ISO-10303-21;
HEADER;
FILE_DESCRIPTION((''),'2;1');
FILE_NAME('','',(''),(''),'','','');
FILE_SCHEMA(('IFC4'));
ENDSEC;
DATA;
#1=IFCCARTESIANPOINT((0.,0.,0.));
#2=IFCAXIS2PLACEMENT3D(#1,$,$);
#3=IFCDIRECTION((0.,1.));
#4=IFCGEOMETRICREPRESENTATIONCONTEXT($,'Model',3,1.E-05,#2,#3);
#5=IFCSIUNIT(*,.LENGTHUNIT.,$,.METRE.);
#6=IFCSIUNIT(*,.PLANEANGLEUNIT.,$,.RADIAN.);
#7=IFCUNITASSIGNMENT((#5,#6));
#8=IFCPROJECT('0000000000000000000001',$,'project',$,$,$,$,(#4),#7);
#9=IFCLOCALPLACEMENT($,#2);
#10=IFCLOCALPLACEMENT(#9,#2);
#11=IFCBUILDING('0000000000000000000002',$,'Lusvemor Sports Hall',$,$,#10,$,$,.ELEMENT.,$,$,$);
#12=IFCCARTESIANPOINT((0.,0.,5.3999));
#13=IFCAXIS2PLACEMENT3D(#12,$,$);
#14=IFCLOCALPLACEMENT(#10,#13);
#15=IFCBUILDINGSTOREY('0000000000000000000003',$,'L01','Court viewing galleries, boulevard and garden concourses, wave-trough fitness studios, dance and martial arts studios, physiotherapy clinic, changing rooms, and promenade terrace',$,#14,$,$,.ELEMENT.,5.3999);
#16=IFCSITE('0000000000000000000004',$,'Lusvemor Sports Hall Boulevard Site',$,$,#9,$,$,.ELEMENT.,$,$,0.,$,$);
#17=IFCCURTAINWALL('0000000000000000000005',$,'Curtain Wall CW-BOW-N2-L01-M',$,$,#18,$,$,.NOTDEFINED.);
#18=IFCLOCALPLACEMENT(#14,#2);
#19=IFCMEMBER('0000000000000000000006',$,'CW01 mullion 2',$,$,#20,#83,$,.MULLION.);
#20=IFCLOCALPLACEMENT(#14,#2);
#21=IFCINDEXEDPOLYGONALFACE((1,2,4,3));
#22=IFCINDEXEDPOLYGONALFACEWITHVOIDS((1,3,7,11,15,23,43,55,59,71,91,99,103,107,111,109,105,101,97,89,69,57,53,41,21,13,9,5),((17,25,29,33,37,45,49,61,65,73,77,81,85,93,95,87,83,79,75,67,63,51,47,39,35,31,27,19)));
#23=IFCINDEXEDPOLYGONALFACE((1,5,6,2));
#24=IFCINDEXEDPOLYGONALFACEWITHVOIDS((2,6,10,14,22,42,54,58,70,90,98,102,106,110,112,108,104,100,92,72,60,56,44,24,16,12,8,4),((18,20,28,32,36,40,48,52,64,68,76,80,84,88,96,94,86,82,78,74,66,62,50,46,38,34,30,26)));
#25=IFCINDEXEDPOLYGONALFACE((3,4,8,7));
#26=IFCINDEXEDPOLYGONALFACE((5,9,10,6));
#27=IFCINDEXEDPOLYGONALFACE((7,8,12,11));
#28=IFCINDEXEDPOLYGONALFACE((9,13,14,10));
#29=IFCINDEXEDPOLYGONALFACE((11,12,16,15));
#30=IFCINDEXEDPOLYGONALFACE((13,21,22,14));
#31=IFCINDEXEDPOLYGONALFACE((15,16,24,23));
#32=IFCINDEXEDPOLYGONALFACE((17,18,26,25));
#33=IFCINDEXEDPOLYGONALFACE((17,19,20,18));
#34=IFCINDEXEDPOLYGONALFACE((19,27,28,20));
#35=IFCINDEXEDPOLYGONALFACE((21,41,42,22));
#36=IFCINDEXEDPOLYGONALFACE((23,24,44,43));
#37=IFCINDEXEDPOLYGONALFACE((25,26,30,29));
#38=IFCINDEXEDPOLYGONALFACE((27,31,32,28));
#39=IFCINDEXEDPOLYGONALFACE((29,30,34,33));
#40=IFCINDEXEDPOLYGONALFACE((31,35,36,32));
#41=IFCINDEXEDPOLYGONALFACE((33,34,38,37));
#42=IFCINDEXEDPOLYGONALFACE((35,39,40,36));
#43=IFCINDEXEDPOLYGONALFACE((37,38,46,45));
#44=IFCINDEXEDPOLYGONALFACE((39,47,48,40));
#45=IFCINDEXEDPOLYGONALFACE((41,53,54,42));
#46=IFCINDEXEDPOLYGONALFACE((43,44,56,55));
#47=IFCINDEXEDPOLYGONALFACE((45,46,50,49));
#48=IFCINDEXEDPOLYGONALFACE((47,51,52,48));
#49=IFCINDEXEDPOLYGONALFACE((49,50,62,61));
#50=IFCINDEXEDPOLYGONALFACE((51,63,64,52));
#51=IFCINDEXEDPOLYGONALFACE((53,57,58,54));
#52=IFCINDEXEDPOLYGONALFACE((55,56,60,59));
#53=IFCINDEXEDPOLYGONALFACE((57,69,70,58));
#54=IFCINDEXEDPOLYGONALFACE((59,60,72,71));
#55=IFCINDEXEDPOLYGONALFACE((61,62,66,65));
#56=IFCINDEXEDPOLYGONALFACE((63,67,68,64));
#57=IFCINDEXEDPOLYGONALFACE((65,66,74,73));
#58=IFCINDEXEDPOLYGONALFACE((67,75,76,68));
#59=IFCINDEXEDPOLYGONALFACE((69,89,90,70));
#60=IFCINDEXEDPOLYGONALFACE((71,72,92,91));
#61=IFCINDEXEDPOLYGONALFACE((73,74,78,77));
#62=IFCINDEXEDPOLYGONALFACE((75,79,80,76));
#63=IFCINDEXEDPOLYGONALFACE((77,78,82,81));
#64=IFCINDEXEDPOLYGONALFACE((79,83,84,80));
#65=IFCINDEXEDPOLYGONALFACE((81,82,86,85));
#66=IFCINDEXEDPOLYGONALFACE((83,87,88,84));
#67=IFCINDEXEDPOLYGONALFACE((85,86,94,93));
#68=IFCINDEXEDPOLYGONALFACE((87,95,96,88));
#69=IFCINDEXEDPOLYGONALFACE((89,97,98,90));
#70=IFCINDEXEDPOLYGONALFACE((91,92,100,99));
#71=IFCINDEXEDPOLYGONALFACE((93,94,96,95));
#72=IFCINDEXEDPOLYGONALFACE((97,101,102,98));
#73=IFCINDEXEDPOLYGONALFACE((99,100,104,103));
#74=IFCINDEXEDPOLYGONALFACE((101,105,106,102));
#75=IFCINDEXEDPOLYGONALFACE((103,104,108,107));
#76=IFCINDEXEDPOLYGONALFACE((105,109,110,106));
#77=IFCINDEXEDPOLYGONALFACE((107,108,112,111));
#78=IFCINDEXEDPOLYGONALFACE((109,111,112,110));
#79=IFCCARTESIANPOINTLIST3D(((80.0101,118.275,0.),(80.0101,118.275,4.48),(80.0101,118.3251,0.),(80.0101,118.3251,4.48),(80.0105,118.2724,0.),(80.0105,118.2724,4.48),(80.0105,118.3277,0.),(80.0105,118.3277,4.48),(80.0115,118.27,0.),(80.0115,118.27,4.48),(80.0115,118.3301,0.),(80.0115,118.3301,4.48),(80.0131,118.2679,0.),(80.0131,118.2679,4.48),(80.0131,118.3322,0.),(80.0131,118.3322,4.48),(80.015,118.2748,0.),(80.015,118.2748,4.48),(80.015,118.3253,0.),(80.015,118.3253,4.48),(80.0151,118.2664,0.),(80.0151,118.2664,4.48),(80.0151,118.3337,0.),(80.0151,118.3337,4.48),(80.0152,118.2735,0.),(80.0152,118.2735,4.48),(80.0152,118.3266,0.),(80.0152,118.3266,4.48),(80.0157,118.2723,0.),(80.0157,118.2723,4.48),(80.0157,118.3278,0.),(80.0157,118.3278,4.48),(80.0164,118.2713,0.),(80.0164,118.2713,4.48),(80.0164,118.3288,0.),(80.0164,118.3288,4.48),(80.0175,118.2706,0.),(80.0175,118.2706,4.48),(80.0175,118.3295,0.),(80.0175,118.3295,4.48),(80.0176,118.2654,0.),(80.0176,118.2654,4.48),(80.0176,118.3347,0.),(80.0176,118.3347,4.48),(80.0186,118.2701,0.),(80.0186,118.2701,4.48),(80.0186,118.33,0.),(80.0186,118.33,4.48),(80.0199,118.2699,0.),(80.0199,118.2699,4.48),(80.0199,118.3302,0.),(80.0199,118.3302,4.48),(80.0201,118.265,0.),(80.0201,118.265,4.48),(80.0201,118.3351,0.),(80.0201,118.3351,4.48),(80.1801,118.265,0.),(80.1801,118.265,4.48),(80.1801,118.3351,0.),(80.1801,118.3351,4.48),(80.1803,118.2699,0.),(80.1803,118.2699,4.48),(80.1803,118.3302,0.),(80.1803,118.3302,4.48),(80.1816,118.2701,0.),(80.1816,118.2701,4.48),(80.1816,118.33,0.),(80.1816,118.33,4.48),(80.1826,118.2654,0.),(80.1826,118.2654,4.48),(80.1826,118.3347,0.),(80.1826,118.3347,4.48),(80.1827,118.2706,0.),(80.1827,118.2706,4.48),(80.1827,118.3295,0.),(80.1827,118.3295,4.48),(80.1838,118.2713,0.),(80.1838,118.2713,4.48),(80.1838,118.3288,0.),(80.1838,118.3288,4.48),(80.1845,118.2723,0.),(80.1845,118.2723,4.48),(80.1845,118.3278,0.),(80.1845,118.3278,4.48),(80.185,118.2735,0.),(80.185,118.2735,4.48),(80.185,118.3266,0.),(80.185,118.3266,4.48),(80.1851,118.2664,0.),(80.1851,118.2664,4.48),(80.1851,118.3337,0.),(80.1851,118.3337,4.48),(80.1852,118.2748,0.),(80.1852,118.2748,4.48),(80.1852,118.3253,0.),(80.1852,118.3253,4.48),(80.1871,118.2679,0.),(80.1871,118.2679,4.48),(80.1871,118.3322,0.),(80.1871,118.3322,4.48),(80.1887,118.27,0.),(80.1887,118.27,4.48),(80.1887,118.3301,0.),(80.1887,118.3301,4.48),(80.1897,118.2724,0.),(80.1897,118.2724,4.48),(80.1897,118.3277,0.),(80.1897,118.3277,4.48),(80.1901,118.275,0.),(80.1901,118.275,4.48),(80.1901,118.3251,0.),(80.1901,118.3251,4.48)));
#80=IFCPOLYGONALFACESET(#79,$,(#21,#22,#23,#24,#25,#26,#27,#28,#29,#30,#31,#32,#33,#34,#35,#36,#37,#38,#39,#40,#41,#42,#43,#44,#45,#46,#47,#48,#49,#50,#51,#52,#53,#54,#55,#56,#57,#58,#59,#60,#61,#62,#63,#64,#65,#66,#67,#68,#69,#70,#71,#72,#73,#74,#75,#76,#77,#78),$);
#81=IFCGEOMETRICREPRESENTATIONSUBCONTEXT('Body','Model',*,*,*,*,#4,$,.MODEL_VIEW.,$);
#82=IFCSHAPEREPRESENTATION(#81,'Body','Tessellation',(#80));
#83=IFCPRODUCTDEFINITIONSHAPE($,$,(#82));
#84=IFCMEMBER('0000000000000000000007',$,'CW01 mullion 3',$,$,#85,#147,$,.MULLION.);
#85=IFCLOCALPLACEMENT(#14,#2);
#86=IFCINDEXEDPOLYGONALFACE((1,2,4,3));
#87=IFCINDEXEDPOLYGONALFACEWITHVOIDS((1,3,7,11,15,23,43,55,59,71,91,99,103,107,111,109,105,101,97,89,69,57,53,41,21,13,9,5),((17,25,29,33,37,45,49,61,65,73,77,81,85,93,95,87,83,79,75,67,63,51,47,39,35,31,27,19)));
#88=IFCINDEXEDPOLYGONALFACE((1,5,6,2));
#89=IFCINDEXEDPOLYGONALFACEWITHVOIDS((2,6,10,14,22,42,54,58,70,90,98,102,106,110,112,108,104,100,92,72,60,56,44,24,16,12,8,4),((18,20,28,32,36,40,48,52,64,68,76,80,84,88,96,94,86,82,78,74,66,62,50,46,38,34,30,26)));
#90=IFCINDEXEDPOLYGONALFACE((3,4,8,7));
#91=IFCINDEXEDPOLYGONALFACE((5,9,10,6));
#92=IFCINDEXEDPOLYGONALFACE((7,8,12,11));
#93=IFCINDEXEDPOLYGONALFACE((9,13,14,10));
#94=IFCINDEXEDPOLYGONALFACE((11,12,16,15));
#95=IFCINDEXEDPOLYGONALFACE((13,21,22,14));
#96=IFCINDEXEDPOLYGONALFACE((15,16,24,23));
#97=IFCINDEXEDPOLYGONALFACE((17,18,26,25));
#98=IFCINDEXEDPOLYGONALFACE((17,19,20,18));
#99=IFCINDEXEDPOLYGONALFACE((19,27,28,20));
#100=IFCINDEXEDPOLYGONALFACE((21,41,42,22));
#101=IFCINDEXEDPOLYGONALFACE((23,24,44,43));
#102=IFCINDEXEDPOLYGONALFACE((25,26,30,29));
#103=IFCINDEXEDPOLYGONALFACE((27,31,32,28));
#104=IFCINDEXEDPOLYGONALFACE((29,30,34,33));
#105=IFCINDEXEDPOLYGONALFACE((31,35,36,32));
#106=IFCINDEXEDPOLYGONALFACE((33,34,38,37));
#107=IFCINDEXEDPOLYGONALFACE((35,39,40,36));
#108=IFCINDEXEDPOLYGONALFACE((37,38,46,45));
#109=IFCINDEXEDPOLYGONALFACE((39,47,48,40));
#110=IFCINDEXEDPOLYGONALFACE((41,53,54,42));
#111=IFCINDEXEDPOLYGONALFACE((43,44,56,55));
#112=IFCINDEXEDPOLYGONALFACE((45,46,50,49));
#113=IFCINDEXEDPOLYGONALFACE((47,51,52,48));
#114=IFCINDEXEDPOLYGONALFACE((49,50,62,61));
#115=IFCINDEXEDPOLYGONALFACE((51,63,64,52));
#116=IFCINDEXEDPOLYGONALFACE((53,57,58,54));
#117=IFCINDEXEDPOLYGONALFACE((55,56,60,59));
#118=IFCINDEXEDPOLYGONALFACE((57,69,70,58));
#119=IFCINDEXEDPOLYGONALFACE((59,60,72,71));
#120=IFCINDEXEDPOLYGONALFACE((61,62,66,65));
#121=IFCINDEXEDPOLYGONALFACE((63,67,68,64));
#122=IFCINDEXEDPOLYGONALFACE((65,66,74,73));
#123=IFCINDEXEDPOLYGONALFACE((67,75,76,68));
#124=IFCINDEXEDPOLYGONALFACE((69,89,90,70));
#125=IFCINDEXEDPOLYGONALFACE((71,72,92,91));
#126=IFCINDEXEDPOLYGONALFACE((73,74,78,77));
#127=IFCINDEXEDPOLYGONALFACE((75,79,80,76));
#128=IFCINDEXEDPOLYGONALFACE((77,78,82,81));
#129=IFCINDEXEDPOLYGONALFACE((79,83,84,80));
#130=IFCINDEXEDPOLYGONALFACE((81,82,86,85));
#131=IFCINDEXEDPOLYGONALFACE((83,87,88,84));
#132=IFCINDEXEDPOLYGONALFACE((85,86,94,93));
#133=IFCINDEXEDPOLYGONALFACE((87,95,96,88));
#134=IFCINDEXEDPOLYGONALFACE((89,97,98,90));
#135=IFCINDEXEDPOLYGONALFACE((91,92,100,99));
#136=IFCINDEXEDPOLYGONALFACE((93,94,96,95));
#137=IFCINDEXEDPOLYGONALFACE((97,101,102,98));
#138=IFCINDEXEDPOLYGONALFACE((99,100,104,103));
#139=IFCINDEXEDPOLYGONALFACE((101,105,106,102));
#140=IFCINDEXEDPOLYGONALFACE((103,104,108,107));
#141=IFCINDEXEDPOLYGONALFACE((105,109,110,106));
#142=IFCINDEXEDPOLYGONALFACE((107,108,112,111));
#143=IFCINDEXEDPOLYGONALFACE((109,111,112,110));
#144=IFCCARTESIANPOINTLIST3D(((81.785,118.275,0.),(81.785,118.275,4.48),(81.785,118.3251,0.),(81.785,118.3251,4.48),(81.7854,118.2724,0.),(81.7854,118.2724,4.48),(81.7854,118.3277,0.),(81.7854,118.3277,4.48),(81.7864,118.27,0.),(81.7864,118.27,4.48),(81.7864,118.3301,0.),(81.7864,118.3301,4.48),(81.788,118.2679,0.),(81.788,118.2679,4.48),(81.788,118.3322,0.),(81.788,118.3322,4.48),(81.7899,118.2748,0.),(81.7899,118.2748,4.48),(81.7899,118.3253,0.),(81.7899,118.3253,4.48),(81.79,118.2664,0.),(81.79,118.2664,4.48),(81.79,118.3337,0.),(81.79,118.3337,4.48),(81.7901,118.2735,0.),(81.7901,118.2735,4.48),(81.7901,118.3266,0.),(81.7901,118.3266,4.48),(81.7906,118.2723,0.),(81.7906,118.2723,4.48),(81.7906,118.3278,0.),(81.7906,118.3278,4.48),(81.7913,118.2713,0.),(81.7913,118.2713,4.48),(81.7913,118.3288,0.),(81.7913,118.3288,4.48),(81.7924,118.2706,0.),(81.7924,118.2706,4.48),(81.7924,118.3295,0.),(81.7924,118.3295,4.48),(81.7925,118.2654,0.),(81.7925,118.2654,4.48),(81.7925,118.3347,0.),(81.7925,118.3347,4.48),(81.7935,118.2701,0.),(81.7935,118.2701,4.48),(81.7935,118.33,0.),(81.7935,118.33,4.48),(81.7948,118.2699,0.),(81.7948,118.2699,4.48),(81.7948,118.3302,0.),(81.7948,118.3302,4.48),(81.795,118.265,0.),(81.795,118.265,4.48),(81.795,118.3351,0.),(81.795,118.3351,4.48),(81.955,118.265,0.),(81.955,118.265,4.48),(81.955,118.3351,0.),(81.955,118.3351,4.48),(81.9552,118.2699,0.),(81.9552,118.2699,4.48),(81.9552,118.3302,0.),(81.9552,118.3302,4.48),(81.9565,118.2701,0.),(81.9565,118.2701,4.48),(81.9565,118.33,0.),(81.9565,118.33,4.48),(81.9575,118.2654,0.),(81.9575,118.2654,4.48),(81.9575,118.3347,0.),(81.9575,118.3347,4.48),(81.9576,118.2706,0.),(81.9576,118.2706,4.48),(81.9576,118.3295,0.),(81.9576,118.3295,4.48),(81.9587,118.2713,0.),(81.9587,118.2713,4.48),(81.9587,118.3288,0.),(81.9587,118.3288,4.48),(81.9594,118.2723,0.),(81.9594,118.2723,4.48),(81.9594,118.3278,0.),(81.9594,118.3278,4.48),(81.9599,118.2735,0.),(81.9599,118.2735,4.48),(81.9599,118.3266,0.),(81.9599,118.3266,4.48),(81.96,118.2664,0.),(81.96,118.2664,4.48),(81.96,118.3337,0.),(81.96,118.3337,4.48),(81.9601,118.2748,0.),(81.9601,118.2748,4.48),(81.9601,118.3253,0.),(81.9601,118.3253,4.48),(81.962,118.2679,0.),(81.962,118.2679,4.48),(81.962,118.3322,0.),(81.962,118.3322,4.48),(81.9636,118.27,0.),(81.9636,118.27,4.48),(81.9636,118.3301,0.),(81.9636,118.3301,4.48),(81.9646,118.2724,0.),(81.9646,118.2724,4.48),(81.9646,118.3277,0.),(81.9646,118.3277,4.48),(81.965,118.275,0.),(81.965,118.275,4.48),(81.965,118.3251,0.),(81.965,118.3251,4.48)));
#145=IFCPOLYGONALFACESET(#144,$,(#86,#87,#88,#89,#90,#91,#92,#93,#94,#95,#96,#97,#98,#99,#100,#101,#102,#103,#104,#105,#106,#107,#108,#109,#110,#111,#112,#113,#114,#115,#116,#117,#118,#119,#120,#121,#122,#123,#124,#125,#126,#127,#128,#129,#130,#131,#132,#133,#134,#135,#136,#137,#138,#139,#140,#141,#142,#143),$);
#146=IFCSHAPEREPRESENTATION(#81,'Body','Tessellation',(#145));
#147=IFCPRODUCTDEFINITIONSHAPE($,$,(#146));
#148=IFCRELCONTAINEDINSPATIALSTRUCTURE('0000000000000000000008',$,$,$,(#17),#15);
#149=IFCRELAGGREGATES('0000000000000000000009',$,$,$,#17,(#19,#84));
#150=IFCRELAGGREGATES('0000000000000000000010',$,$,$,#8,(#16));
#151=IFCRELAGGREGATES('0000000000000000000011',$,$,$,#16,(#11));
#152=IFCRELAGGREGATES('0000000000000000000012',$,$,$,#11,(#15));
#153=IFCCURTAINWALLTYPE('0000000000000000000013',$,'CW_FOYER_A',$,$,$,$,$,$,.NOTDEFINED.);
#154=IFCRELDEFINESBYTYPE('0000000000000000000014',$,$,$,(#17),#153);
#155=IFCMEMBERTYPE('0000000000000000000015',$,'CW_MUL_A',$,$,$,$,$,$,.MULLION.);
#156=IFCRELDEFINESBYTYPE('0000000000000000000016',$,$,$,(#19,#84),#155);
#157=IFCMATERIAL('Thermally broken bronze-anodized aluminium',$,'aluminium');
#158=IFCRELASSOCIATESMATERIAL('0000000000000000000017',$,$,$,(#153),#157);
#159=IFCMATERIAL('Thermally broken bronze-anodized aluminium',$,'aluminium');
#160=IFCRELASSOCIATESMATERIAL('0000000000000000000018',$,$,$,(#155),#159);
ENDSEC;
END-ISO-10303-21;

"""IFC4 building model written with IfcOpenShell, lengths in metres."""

from ifc_helpers import new_model, si_unit, direction, frame, origin, origin_2d, place, context, subcontext, project, spatial, hollow_rectangle, extrude, material, material_profile, profile_set, type_object, element, aggregate, save


model = new_model("IFC4")

# Units and contexts
model_context = context("Model", 3, precision=1e-05, world=origin(), true_north=direction((0.0, 1.0)))
body_context = subcontext(model_context, "Body", "Model", "MODEL_VIEW")
ifc_project = project(units=[si_unit("LENGTHUNIT", "METRE"), si_unit("PLANEANGLEUNIT", "RADIAN")], contexts=[model_context])

# Site, building, storey
site_placement = place(None, origin())
site = spatial("IfcSite", under=ifc_project, at=site_placement, Name="Lusvemor Sports Hall Boulevard Site", CompositionType="ELEMENT", RefElevation=0.0)
building_placement = place(site_placement, origin())
building = spatial("IfcBuilding", under=site, at=building_placement, Name="Lusvemor Sports Hall", CompositionType="ELEMENT")
storey_placement = place(building_placement, frame((0.0, 0.0, 5.3999)))
storey = spatial("IfcBuildingStorey", under=building, at=storey_placement, Name="L01", Description="Court viewing galleries, boulevard and garden concourses, wave-trough fitness studios, dance and martial arts studios, physiotherapy clinic, changing rooms, and promenade terrace", CompositionType="ELEMENT", Elevation=5.3999)

# Curtain wall, members
ifc_material_1 = material(Name="Thermally broken bronze-anodized aluminium", Category="aluminium")
curtain_wall_type = type_object("IfcCurtainWallType", Name="CW_FOYER_A", PredefinedType="NOTDEFINED", material=ifc_material_1)
curtain_wall_placement = place(storey_placement, origin())
curtain_wall = element("IfcCurtainWall", 1, at=curtain_wall_placement, inside=storey, type_object=curtain_wall_type, Name="Curtain Wall CW-BOW-N2-L01-M", PredefinedType="NOTDEFINED")
ifc_material_2 = material(Name="Thermally broken bronze-anodized aluminium", Category="aluminium")
ifc_material_profile_1 = material_profile(ifc_material_2, hollow_rectangle(XDim=0.0701, YDim=0.1799, WallThickness=0.0049, InnerFilletRadius=0.0049, OuterFilletRadius=0.01, at=origin_2d()), Name="CWMUL180x70x5")
ifc_profile_set_1 = profile_set([ifc_material_profile_1], Name="Thermally broken bronze-anodized aluminium")
member_type_1 = type_object("IfcMemberType", Name="CW_MUL_A", PredefinedType="MULLION", material=ifc_profile_set_1)
member_1_placement = place(storey_placement, frame((80.1001, 118.3, 0.0), z_axis=(0.0, 0.0, 1.0), x_axis=(0.0, 1.0, 0.0)))
member_1 = element("IfcMember", 2, at=member_1_placement, type_object=member_type_1, Name="CW01 mullion 2", PredefinedType="MULLION", context=body_context, shape_type="SweptSolid", body=[
    extrude(hollow_rectangle(XDim=0.0701, YDim=0.1799, WallThickness=0.0049, InnerFilletRadius=0.0049, OuterFilletRadius=0.01, at=origin_2d()), origin(), (0.0, 0.0, 1.0), 4.48),
])
member_2_placement = place(storey_placement, frame((81.875, 118.3, 0.0), z_axis=(0.0, 0.0, 1.0), x_axis=(0.0, 1.0, 0.0)))
member_2 = element("IfcMember", 3, at=member_2_placement, type_object=member_type_1, Name="CW01 mullion 3", PredefinedType="MULLION", context=body_context, shape_type="SweptSolid", body=[
    extrude(hollow_rectangle(XDim=0.0701, YDim=0.1799, WallThickness=0.0049, InnerFilletRadius=0.0049, OuterFilletRadius=0.01, at=origin_2d()), origin(), (0.0, 0.0, 1.0), 4.48),
])

aggregate(curtain_wall, [member_1, member_2])

save(model, "model.ifc")
